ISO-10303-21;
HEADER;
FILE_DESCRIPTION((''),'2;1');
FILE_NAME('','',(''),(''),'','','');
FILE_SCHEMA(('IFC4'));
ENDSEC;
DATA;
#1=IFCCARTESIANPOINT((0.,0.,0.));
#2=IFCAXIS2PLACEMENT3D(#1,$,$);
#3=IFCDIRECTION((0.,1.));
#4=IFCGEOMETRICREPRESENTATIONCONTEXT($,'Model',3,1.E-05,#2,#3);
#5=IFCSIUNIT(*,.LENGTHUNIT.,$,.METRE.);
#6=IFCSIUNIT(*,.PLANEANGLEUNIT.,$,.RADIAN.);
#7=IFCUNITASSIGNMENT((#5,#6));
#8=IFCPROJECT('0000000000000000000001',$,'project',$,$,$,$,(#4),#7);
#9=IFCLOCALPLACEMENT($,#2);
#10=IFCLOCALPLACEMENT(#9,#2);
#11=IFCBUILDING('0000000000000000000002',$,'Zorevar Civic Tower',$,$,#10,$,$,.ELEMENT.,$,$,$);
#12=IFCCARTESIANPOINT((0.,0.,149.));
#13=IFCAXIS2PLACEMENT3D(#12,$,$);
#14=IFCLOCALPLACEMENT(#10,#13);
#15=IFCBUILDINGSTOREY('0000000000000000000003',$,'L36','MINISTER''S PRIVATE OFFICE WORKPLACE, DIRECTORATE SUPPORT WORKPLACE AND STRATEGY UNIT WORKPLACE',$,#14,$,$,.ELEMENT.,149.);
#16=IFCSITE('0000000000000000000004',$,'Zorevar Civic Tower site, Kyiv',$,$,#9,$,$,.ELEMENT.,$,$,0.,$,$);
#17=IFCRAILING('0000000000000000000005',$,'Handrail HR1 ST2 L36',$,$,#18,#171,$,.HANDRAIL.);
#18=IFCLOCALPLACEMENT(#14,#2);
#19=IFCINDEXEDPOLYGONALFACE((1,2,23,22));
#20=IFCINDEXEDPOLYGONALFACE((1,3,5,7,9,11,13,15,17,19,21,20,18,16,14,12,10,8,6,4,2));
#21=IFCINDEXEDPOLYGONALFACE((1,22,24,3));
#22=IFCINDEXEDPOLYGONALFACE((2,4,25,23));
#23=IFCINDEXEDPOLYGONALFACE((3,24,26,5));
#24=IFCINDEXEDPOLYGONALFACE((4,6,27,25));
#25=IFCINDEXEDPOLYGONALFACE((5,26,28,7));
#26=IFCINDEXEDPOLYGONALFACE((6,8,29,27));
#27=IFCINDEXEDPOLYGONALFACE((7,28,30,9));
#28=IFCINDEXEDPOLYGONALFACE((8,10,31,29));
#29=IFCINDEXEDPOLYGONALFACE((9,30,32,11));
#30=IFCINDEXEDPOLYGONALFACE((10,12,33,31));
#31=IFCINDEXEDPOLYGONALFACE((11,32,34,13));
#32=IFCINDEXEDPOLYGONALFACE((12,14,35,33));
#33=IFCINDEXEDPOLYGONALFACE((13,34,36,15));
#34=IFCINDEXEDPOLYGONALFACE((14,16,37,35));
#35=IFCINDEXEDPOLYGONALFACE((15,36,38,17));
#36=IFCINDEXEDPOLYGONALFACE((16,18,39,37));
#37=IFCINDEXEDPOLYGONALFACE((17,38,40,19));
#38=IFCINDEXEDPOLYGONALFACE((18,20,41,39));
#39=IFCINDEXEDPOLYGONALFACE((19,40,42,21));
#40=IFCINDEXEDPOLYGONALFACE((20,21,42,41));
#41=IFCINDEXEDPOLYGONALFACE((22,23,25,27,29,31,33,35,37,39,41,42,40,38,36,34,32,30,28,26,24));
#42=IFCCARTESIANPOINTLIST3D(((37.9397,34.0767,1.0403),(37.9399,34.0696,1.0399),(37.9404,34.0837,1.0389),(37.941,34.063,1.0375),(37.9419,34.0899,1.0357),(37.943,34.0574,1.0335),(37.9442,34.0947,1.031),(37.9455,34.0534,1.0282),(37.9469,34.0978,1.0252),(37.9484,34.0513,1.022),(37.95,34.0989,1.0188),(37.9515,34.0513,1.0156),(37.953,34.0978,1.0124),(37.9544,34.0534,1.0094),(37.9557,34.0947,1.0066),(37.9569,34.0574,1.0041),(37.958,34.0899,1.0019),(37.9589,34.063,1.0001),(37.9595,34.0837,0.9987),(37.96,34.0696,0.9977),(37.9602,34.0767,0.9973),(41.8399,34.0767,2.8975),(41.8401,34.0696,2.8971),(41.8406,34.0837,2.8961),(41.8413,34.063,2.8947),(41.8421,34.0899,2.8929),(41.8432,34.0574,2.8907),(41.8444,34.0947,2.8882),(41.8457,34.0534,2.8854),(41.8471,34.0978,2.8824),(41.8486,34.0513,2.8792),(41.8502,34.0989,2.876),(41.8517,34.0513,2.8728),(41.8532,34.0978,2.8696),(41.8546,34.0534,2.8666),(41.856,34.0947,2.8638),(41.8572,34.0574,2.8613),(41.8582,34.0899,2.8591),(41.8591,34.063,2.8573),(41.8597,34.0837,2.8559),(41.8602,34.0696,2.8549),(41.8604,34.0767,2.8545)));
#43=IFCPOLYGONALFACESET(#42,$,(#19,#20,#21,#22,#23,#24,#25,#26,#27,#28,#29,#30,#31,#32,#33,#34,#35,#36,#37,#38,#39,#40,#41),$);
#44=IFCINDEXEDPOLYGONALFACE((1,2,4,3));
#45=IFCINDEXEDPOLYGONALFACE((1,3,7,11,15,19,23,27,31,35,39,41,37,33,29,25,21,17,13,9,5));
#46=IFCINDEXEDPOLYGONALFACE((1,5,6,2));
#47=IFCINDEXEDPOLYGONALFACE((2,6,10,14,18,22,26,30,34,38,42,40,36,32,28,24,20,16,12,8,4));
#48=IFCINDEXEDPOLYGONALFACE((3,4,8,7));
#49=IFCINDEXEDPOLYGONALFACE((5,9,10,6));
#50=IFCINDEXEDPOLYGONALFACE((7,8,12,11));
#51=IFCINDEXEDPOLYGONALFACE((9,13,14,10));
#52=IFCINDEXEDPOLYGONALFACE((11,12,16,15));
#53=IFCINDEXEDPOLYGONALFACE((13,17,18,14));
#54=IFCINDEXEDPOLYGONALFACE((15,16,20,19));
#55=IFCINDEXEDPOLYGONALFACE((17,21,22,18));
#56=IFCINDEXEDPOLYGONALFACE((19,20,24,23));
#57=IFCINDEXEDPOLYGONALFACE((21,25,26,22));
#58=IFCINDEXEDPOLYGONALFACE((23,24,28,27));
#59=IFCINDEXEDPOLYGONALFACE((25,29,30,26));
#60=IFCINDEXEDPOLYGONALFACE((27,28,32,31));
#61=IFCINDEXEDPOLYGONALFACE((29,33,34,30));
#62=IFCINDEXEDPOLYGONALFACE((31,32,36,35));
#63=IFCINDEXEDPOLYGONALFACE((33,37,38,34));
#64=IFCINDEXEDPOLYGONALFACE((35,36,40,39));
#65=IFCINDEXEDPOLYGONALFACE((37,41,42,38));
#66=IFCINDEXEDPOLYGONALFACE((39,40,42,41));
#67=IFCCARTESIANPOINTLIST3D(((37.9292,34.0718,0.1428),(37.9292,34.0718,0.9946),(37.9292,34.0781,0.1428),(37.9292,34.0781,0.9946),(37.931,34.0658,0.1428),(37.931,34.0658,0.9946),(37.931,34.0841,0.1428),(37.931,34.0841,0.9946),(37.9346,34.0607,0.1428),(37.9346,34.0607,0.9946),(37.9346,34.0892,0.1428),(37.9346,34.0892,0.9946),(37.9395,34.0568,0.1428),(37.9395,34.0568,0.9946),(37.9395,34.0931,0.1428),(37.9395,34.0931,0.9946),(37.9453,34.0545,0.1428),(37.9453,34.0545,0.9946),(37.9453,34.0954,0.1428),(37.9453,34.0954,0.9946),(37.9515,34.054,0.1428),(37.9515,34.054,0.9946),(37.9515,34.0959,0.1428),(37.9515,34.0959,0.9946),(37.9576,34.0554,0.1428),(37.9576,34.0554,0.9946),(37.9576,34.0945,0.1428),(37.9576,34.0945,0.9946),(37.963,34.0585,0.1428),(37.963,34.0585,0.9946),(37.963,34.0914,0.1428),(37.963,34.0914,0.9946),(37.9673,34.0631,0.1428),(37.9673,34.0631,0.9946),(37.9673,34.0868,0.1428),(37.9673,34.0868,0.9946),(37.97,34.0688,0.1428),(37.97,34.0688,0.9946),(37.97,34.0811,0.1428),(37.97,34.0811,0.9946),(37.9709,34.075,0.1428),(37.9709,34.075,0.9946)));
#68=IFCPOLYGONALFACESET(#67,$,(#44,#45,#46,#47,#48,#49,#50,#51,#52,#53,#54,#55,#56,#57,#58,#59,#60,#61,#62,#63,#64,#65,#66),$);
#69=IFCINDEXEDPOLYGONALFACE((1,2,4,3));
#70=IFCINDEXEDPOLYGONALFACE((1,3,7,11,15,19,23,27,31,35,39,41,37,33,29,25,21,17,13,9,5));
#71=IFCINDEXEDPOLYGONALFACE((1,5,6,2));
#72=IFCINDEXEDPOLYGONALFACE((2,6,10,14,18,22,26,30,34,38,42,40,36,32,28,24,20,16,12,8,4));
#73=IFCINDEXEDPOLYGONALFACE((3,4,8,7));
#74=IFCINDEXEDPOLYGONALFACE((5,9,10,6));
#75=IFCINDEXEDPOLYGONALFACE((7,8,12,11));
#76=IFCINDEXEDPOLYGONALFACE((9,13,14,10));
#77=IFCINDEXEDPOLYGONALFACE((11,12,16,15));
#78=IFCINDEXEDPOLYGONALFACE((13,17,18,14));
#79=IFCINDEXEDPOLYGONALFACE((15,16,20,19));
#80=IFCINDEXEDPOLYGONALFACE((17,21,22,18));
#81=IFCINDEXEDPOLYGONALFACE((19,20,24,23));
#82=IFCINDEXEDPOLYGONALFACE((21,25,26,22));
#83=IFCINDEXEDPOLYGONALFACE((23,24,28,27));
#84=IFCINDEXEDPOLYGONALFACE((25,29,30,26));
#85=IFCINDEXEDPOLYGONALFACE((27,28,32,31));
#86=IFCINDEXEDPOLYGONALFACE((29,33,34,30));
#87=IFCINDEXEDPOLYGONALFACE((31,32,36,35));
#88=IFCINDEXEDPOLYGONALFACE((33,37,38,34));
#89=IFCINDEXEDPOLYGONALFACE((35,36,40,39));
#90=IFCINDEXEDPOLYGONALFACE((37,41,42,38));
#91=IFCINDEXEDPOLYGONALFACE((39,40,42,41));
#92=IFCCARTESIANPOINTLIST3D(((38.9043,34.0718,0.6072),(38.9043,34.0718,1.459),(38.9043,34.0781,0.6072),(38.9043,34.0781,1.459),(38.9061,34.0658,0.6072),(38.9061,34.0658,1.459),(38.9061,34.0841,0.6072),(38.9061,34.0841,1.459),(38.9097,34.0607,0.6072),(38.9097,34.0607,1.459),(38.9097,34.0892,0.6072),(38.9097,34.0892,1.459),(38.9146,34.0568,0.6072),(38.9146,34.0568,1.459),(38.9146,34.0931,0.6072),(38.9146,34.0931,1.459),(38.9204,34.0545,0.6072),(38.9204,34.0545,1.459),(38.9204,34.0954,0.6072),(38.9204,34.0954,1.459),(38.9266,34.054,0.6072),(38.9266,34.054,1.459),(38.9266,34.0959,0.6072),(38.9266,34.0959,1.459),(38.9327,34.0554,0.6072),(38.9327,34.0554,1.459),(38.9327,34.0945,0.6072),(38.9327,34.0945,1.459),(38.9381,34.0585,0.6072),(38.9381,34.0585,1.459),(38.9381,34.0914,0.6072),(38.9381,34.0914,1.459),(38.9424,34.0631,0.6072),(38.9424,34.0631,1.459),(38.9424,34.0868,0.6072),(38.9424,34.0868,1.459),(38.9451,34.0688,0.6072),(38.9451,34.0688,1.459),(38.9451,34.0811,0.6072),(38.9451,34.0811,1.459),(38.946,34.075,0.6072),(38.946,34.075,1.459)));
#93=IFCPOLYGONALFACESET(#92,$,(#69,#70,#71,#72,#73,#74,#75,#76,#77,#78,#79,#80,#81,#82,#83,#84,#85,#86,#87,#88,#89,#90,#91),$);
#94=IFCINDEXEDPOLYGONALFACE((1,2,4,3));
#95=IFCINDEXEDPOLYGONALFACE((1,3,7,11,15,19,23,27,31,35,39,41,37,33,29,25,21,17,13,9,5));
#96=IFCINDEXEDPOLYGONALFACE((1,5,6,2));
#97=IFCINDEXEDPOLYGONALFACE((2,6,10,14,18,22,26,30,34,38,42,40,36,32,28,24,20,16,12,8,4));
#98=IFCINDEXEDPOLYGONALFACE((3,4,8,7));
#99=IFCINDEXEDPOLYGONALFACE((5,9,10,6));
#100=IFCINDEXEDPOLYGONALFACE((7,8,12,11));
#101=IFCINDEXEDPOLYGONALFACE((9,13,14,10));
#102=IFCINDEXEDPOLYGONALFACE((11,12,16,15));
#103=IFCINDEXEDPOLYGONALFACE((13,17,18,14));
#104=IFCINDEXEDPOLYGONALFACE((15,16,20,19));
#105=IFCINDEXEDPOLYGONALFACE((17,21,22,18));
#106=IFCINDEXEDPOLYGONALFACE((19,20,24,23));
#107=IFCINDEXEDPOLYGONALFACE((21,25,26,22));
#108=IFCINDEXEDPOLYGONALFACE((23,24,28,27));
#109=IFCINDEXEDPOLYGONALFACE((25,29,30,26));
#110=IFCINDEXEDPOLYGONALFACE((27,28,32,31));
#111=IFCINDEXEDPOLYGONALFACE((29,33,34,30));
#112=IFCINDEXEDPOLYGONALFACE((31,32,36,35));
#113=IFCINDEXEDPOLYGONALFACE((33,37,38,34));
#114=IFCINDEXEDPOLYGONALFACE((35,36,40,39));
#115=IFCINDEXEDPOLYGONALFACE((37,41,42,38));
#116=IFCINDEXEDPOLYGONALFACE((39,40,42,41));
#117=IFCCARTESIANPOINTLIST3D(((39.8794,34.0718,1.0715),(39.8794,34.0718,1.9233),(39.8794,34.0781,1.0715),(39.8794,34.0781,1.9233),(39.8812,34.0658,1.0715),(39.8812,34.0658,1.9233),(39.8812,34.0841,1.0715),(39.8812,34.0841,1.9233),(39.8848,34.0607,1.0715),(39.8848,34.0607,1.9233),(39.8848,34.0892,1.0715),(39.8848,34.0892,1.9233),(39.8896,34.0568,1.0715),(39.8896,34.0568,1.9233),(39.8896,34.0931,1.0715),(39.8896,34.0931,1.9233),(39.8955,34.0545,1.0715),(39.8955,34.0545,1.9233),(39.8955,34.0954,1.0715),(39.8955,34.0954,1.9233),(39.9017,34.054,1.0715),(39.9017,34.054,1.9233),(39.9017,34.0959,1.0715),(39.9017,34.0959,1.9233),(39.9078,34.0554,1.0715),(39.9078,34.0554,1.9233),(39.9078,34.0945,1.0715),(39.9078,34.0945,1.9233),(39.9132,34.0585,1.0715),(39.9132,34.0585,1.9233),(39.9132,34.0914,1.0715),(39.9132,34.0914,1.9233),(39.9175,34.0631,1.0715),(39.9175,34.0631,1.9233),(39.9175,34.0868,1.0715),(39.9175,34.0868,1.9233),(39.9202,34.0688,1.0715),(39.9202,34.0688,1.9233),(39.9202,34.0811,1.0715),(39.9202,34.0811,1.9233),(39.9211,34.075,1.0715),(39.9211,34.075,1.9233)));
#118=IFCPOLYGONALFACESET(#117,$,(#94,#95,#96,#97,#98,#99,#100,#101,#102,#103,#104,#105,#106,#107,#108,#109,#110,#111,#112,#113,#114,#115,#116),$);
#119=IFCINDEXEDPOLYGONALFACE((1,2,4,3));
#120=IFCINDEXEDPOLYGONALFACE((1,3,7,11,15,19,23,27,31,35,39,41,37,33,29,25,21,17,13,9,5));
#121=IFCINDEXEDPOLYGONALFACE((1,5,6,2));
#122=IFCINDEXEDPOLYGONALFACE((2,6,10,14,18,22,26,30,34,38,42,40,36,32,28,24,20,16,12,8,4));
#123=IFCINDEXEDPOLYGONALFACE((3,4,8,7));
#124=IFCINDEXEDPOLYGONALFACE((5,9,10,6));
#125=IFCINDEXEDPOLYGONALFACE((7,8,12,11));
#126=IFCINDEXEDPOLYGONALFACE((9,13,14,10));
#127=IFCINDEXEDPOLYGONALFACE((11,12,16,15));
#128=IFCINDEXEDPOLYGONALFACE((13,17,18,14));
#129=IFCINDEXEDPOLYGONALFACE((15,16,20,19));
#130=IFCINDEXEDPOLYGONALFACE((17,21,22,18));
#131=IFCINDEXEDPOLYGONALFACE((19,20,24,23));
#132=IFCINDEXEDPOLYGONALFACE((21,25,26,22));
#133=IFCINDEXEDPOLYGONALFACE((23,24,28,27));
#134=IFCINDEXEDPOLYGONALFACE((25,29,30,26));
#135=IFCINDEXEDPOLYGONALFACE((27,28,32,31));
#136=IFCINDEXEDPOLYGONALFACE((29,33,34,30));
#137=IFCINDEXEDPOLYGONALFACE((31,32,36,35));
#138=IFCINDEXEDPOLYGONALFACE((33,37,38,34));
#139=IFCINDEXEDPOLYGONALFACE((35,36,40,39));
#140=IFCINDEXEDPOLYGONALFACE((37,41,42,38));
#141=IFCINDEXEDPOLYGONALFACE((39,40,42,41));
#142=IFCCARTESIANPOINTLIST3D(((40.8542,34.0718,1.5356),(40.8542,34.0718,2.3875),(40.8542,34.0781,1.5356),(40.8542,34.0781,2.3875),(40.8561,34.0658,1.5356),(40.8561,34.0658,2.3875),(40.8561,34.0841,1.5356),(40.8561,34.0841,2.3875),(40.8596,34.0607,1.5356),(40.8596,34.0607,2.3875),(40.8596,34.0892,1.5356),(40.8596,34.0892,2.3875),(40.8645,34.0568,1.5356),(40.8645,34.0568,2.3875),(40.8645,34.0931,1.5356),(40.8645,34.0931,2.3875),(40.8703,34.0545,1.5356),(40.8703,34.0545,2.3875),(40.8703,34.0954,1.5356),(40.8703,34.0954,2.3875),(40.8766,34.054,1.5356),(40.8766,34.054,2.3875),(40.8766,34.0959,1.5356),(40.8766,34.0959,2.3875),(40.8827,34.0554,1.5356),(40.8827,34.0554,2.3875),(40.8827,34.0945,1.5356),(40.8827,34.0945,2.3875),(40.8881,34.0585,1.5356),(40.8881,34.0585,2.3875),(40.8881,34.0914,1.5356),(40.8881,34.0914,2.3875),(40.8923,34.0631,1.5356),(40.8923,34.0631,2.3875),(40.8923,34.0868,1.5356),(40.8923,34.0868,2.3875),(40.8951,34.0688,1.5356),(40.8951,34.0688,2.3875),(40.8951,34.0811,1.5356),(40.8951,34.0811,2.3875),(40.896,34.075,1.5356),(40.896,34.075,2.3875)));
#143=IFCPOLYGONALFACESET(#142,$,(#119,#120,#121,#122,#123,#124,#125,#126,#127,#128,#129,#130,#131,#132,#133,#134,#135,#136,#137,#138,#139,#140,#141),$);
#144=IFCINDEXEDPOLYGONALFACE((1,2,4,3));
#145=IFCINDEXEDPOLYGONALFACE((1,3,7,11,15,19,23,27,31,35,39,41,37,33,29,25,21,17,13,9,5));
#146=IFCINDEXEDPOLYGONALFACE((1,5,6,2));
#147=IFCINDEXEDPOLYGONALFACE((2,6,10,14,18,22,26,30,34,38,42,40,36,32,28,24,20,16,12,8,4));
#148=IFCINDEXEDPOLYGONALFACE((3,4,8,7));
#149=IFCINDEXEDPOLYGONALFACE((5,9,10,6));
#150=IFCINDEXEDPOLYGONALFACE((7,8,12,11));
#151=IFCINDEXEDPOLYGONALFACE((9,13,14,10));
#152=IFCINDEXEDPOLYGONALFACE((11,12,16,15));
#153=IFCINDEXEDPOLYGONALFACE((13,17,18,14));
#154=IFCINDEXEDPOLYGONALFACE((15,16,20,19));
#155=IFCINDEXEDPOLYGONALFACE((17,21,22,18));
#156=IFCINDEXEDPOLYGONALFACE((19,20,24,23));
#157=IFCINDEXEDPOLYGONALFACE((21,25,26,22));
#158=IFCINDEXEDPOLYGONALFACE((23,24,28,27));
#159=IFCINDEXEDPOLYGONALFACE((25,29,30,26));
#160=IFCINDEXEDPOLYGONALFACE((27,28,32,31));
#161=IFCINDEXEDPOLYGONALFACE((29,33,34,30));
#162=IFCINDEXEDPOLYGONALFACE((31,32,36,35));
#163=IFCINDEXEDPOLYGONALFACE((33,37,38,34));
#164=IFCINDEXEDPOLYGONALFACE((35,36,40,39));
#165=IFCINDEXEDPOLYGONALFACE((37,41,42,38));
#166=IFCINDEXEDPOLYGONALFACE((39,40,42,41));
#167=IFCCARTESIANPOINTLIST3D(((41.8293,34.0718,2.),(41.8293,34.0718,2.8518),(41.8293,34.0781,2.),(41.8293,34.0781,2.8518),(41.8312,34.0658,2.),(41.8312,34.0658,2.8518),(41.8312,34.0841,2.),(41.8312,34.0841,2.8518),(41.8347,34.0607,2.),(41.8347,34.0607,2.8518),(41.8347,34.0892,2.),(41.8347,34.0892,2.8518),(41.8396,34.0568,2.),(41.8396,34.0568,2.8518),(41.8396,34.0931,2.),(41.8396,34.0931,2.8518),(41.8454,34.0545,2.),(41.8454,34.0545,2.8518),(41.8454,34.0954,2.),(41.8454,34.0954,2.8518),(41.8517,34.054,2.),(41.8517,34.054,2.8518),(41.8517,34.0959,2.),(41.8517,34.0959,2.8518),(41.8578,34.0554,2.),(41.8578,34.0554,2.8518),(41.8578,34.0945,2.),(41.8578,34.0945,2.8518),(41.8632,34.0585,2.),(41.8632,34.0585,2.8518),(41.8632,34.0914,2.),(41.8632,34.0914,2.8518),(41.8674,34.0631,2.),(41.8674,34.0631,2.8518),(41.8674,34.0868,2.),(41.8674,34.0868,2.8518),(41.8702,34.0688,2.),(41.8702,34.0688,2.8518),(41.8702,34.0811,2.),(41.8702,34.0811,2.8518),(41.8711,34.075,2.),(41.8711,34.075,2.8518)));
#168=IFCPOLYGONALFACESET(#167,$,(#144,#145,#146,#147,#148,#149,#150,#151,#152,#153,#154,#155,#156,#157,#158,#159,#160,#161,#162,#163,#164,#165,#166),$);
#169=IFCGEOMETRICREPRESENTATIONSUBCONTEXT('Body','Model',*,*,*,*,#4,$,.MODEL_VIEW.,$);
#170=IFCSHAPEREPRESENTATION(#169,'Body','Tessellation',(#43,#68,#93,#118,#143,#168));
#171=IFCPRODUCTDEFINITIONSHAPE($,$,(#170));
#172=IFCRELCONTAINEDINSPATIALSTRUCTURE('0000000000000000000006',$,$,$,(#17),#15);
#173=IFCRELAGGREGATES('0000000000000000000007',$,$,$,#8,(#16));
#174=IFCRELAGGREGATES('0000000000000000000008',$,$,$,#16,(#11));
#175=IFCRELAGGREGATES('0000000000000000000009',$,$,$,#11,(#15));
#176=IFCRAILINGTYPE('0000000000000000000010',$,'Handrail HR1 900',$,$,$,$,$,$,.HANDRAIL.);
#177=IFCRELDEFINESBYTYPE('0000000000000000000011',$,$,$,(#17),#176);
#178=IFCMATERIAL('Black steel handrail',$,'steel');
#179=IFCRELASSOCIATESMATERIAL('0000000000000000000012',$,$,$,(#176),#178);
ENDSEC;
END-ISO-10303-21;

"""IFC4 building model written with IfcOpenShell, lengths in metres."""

from ifc_helpers import new_model, si_unit, direction, frame, origin, origin_2d, place, context, subcontext, project, spatial, circle, extrude, material, type_object, element, save


model = new_model("IFC4")

# Units and contexts
model_context = context("Model", 3, precision=1e-05, world=origin(), true_north=direction((0.0, 1.0)))
body_context = subcontext(model_context, "Body", "Model", "MODEL_VIEW")
ifc_project = project(units=[si_unit("LENGTHUNIT", "METRE"), si_unit("PLANEANGLEUNIT", "RADIAN")], contexts=[model_context])

# Site, building, storey
site_placement = place(None, origin())
site = spatial("IfcSite", under=ifc_project, at=site_placement, Name="Zorevar Civic Tower site, Kyiv", CompositionType="ELEMENT", RefElevation=0.0)
building_placement = place(site_placement, origin())
building = spatial("IfcBuilding", under=site, at=building_placement, Name="Zorevar Civic Tower", CompositionType="ELEMENT")
storey_placement = place(building_placement, frame((0.0, 0.0, 149.0)))
storey = spatial("IfcBuildingStorey", under=building, at=storey_placement, Name="L36", Description="MINISTER'S PRIVATE OFFICE WORKPLACE, DIRECTORATE SUPPORT WORKPLACE AND STRATEGY UNIT WORKPLACE", CompositionType="ELEMENT", Elevation=149.0)

# Railing
ifc_material_1 = material(Name="Black steel handrail", Category="steel")
railing_type = type_object("IfcRailingType", Name="Handrail HR1 900", PredefinedType="HANDRAIL", material=ifc_material_1)
railing_1_placement = place(storey_placement, frame((37.95, 34.075, 0.1428)))
element("IfcRailing", 1, at=railing_1_placement, inside=storey, type_object=railing_type, Name="Handrail HR1 ST2 L36", PredefinedType="HANDRAIL", context=body_context, shape_type="SweptSolid", body=[
    extrude(circle(Radius=0.0239, at=origin_2d()), frame((0.0, 0.0, 0.876), z_axis=(0.902864, 0.0, 0.429927), x_axis=(0.0, 1.0, 0.0)), (0.0, 0.0, 1.0), 4.3198),
    extrude(circle(Radius=0.021, at=origin_2d()), origin(), (0.0, 0.0, 1.0), 0.8518),
    extrude(circle(Radius=0.021, at=origin_2d()), frame((0.9751, 0.0, 0.4644)), (0.0, 0.0, 1.0), 0.8518),
    extrude(circle(Radius=0.021, at=origin_2d()), frame((1.9502, 0.0, 0.9287)), (0.0, 0.0, 1.0), 0.8518),
    extrude(circle(Radius=0.021, at=origin_2d()), frame((2.925, 0.0, 1.3928)), (0.0, 0.0, 1.0), 0.8518),
    extrude(circle(Radius=0.021, at=origin_2d()), frame((3.9001, 0.0, 1.8572)), (0.0, 0.0, 1.0), 0.8518),
])

save(model, "model.ifc")
